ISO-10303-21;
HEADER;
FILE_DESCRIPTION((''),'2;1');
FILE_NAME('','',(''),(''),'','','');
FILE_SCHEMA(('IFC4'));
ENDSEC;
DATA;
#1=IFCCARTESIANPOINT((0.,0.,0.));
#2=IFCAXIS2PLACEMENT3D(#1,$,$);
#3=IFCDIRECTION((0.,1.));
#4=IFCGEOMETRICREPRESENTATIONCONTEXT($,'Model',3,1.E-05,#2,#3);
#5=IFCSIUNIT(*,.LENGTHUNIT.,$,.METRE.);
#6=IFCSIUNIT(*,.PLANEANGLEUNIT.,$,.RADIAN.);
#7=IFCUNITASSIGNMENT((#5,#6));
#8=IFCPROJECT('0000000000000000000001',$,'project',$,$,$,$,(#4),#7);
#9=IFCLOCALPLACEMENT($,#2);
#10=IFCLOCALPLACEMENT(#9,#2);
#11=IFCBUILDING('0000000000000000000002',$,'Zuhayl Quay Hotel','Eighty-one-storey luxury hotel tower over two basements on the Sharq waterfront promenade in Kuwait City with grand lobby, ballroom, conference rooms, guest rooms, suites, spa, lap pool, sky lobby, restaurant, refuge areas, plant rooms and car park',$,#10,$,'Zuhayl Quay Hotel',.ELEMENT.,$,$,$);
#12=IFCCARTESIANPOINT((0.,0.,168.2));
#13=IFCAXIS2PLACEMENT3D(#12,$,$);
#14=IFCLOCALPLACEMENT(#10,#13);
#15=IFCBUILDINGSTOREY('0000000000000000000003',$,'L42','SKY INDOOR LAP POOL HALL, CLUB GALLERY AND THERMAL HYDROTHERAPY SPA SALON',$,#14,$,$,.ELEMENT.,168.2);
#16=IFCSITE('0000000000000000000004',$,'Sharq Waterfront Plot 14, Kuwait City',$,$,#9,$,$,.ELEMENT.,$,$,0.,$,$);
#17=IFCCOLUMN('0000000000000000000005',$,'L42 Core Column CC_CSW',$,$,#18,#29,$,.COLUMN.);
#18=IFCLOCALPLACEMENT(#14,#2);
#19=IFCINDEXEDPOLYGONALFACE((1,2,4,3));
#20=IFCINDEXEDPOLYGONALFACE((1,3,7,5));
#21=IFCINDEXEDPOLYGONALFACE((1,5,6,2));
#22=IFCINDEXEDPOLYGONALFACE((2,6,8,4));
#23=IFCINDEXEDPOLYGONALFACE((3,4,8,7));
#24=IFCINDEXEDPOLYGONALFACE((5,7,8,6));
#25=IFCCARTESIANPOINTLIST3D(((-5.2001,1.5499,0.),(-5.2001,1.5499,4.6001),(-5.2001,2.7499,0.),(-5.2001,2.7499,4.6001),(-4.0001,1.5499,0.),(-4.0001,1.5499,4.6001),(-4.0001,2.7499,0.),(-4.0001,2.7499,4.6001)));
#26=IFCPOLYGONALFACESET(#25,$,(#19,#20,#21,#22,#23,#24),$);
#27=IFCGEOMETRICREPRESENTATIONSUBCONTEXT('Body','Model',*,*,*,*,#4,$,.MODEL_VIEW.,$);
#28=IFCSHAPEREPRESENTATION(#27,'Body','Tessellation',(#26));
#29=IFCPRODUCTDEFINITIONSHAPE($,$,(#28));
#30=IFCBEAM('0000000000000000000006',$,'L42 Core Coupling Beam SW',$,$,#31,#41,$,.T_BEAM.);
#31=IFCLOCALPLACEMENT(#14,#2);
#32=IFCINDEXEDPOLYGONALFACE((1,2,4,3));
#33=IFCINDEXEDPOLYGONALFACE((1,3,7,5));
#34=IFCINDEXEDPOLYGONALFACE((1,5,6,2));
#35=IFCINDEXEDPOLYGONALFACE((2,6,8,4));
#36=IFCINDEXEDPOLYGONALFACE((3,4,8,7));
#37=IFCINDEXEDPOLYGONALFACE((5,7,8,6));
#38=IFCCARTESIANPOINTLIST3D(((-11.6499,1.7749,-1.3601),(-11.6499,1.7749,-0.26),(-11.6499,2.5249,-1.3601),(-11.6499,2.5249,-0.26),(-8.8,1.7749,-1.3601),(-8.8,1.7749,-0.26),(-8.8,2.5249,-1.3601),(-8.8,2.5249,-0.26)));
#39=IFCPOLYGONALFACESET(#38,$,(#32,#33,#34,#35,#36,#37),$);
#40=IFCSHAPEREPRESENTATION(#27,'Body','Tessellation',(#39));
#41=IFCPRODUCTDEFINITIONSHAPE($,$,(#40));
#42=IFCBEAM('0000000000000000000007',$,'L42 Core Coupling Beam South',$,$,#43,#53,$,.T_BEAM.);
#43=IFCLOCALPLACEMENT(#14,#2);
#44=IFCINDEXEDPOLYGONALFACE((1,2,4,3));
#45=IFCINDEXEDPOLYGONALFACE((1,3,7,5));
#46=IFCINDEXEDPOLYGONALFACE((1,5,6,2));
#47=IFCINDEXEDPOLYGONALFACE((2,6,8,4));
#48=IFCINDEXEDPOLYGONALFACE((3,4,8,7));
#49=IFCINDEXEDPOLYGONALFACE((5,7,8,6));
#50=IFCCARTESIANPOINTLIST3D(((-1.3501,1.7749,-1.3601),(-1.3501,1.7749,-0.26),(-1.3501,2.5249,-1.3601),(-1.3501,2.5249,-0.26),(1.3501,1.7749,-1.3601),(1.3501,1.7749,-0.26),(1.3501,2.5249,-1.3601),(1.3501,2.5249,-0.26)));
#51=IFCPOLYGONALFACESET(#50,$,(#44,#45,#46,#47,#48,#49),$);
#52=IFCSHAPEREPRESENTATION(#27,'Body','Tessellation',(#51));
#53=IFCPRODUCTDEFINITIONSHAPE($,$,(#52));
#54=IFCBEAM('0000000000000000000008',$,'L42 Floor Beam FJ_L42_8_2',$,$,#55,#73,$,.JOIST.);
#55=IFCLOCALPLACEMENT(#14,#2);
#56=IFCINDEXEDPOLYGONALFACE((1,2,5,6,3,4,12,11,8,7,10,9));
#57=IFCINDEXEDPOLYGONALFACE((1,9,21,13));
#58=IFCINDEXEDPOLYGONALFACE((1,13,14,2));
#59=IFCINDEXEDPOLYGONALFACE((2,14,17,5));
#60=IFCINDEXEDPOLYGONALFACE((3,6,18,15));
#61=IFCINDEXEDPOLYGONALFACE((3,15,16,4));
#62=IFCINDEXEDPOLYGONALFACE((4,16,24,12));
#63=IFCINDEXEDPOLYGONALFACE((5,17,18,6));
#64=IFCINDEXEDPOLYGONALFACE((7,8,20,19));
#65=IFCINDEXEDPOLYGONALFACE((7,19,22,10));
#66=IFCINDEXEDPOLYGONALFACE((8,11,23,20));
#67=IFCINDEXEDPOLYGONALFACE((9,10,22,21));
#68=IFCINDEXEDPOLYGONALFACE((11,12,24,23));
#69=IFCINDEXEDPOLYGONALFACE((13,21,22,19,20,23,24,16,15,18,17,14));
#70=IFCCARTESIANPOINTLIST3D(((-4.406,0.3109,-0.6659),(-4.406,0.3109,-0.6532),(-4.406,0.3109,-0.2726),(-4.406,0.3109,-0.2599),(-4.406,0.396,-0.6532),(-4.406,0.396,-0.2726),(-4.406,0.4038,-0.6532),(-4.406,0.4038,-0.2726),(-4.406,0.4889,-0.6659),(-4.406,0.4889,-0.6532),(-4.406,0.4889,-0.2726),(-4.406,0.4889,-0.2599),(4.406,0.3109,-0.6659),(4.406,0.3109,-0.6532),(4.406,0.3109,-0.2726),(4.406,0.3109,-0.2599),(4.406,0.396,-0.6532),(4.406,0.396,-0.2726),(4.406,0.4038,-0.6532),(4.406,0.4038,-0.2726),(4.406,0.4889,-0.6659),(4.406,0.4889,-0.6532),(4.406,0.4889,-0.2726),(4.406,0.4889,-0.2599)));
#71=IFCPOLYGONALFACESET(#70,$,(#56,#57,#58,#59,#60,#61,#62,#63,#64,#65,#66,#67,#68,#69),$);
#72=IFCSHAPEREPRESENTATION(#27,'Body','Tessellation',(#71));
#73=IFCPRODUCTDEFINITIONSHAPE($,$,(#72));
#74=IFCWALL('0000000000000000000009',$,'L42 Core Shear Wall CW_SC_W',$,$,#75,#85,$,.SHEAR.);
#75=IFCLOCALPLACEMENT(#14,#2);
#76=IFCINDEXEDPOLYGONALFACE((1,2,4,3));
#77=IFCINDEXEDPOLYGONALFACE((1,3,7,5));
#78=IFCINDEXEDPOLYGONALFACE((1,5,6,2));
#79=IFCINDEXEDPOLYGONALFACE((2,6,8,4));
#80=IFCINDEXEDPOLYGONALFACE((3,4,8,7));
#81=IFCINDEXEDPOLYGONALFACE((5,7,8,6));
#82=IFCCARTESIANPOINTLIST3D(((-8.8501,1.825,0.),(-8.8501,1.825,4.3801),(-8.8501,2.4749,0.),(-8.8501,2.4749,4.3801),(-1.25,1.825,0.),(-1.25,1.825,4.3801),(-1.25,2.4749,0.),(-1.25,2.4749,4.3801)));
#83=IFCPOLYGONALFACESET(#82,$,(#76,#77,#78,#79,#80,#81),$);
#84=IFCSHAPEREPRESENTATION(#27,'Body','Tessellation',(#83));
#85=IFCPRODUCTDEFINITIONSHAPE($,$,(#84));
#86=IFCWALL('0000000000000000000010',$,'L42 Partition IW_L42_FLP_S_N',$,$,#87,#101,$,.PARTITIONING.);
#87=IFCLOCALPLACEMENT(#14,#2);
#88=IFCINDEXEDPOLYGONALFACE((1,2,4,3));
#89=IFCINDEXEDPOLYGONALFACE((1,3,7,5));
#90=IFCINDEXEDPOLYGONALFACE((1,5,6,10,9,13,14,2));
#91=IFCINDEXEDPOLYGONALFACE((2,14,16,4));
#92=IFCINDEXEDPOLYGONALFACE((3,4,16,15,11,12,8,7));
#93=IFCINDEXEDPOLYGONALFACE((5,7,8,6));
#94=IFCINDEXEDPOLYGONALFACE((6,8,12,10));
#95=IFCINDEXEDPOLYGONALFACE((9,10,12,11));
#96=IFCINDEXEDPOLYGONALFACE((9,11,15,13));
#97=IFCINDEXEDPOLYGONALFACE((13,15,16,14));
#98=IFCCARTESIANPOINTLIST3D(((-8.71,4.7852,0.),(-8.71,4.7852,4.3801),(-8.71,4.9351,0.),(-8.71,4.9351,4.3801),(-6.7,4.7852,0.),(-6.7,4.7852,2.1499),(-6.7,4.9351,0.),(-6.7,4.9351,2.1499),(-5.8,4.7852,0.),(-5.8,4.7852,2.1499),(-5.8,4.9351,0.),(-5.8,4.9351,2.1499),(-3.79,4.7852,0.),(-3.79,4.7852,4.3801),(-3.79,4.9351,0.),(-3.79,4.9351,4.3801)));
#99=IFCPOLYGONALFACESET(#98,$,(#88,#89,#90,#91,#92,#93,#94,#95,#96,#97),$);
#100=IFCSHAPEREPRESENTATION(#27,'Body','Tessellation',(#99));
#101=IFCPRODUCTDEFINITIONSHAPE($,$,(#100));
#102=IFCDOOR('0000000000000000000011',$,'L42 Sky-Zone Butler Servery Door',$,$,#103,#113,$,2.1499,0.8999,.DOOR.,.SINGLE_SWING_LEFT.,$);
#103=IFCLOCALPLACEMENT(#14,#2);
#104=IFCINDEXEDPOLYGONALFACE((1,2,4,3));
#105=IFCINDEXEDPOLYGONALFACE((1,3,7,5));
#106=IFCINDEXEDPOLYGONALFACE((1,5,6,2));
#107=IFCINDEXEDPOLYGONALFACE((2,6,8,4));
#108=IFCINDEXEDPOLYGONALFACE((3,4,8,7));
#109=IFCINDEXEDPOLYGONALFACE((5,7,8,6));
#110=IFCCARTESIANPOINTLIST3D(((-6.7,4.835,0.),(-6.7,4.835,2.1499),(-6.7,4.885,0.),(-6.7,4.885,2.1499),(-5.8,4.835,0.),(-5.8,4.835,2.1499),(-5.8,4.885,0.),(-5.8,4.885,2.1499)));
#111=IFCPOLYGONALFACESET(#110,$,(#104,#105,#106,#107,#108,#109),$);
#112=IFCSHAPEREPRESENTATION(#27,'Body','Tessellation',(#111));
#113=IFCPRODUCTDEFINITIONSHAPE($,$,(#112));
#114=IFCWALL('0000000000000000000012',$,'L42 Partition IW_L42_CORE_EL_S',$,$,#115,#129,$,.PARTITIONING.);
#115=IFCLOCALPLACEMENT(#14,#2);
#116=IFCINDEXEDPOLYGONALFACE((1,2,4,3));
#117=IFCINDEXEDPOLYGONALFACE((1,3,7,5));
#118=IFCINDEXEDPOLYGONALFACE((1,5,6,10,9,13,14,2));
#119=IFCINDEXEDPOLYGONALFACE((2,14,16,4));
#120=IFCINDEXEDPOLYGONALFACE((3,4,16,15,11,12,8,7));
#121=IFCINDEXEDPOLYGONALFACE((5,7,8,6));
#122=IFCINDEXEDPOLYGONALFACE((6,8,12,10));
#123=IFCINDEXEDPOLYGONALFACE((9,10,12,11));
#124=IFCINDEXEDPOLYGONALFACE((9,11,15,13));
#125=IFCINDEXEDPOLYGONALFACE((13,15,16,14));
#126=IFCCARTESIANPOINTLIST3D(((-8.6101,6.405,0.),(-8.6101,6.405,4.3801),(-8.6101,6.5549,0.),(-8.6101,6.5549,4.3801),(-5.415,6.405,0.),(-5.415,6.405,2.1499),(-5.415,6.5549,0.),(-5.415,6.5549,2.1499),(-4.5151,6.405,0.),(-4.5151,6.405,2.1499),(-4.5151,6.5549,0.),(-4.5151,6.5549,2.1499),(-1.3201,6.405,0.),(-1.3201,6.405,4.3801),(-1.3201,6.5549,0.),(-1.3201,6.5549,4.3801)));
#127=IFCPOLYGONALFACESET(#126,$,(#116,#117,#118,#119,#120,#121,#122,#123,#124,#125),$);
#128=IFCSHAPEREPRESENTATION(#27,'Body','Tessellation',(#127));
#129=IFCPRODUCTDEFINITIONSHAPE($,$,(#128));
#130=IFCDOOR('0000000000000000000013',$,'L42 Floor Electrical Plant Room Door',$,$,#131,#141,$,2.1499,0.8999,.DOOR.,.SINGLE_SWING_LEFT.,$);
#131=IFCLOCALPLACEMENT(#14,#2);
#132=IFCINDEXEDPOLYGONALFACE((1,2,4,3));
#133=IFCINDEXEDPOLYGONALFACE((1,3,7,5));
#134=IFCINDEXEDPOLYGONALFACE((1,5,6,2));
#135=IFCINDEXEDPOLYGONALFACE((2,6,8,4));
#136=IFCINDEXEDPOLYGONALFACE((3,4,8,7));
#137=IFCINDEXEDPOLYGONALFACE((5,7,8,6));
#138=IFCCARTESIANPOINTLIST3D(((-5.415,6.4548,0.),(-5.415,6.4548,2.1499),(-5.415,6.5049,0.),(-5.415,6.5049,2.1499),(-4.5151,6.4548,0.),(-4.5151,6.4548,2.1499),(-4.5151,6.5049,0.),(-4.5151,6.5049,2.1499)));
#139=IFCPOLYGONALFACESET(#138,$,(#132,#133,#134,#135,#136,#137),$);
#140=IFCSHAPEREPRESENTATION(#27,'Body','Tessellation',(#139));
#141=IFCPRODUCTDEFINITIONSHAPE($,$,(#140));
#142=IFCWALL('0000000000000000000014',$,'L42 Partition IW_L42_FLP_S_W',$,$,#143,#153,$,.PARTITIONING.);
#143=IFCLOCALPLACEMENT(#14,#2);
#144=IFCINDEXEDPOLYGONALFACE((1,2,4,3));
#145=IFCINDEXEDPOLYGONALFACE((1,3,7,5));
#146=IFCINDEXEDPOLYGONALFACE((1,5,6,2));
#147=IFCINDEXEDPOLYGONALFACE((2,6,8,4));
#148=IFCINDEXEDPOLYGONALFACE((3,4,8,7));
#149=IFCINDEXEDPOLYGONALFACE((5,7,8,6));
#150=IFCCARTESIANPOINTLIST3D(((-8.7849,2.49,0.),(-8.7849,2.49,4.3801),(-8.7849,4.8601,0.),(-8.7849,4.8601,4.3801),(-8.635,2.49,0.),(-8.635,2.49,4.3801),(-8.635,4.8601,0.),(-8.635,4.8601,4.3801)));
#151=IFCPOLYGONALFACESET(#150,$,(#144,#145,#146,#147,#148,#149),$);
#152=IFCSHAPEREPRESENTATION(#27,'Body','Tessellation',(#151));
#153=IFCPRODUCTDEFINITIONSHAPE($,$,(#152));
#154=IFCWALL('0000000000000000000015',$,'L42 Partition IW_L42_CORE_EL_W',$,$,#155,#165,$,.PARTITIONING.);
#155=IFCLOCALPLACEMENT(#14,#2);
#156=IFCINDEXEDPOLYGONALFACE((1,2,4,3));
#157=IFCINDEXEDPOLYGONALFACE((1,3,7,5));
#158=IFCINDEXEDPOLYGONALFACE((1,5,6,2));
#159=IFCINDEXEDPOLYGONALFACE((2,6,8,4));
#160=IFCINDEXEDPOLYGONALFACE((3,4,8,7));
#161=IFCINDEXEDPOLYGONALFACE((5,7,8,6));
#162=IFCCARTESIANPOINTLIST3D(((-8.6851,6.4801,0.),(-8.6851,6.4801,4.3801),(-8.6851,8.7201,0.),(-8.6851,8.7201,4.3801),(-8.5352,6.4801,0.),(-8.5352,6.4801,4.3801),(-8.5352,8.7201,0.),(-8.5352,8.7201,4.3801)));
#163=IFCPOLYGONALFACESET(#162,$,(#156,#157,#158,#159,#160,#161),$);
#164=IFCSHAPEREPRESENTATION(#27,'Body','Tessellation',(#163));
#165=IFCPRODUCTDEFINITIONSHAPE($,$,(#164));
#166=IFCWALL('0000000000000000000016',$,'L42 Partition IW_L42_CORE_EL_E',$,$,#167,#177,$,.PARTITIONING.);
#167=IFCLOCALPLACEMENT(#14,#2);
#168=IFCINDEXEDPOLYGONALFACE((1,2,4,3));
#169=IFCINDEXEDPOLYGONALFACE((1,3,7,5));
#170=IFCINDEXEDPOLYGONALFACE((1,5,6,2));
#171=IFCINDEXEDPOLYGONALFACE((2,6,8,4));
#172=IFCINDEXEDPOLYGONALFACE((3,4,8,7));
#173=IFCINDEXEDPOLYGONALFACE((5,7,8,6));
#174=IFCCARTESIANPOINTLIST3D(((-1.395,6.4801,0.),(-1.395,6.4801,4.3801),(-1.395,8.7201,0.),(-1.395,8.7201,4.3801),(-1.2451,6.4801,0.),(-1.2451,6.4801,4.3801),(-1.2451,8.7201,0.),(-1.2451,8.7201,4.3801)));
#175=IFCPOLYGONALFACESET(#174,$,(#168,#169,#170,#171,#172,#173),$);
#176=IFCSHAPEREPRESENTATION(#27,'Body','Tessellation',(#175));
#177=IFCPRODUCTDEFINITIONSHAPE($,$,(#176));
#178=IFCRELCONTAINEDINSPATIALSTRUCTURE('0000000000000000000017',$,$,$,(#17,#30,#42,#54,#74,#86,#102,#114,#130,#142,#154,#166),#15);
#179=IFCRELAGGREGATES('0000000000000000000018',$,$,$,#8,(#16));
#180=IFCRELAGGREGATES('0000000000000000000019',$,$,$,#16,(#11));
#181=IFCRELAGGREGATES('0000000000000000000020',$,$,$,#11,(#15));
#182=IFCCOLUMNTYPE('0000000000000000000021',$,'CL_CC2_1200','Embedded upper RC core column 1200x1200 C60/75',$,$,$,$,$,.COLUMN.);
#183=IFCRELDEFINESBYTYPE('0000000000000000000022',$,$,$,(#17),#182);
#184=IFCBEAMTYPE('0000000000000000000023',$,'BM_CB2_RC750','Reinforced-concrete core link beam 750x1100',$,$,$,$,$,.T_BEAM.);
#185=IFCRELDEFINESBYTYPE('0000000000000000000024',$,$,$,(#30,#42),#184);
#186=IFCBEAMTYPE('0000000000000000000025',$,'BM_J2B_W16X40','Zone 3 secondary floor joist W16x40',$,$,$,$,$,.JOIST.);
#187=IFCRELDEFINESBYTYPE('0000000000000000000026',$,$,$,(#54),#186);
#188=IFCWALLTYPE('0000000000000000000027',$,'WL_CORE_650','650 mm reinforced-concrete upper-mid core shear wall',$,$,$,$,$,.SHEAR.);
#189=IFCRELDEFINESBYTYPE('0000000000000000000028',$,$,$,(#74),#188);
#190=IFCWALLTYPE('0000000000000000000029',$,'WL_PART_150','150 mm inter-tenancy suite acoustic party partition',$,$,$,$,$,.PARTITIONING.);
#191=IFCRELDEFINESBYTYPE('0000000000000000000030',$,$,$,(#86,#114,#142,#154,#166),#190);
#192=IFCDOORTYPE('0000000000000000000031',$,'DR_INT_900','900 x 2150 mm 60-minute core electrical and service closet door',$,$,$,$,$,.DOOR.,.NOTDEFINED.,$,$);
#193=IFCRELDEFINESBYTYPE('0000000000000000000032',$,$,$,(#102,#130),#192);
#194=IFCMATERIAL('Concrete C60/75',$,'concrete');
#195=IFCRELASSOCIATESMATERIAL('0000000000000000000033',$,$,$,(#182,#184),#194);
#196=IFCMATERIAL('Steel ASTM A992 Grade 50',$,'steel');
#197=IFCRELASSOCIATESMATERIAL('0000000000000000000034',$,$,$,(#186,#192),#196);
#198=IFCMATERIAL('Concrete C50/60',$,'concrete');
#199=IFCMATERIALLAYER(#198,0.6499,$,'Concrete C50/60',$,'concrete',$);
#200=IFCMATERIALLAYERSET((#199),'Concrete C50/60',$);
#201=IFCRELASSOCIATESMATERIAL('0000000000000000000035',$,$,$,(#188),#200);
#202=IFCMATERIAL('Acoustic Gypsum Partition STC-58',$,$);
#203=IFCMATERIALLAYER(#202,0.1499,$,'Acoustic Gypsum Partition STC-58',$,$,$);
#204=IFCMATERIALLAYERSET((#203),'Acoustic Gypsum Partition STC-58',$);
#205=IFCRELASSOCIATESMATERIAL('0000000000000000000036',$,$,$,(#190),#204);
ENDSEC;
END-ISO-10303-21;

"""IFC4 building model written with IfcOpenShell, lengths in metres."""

from ifc_helpers import new_model, si_unit, direction, frame, frame_2d, origin, origin_2d, place, context, subcontext, project, spatial, rectangle, i_section, extrude, material, layer, layer_set, material_profile, profile_set, type_object, element, fill, save


model = new_model("IFC4")

# Units and contexts
model_context = context("Model", 3, precision=1e-05, world=origin(), true_north=direction((0.0, 1.0)))
body_context = subcontext(model_context, "Body", "Model", "MODEL_VIEW")
ifc_project = project(units=[si_unit("LENGTHUNIT", "METRE"), si_unit("PLANEANGLEUNIT", "RADIAN")], contexts=[model_context])

# Site, building, storey
site_placement = place(None, origin())
site = spatial("IfcSite", under=ifc_project, at=site_placement, Name="Sharq Waterfront Plot 14, Kuwait City", CompositionType="ELEMENT", RefElevation=0.0)
building_placement = place(site_placement, origin())
building = spatial("IfcBuilding", under=site, at=building_placement, Name="Zuhayl Quay Hotel", Description="Eighty-one-storey luxury hotel tower over two basements on the Sharq waterfront promenade in Kuwait City with grand lobby, ballroom, conference rooms, guest rooms, suites, spa, lap pool, sky lobby, restaurant, refuge areas, plant rooms and car park", LongName="Zuhayl Quay Hotel", CompositionType="ELEMENT")
storey_placement = place(building_placement, frame((0.0, 0.0, 168.2)))
storey = spatial("IfcBuildingStorey", under=building, at=storey_placement, Name="L42", Description="SKY INDOOR LAP POOL HALL, CLUB GALLERY AND THERMAL HYDROTHERAPY SPA SALON", CompositionType="ELEMENT", Elevation=168.2)

# Column
ifc_material_1 = material(Name="Concrete C60/75", Category="concrete")
ifc_material_profile_1 = material_profile(ifc_material_1, rectangle(XDim=1.2, YDim=1.2, at=origin_2d()), Name="RC1200X1200")
ifc_profile_set_1 = profile_set([ifc_material_profile_1], Name="Concrete C60/75")
column_type = type_object("IfcColumnType", Name="CL_CC2_1200", Description="Embedded upper RC core column 1200x1200 C60/75", PredefinedType="COLUMN", material=ifc_profile_set_1)
column_placement = place(storey_placement, frame((-4.6001, 2.1499, 0.0), z_axis=(0.0, 0.0, 1.0), x_axis=(1.0, 0.0, 0.0)))
element("IfcColumn", 1, at=column_placement, inside=storey, type_object=column_type, Name="L42 Core Column CC_CSW", PredefinedType="COLUMN", context=body_context, shape_type="SweptSolid", body=[
    extrude(rectangle(XDim=1.2, YDim=1.2, at=origin_2d()), origin(), (0.0, 0.0, 1.0), 4.6001),
])

# Beams
ifc_material_profile_2 = material_profile(ifc_material_1, rectangle(XDim=0.75, YDim=1.1001, at=origin_2d()), Name="RC750X1100")
ifc_profile_set_2 = profile_set([ifc_material_profile_2], Name="Concrete C60/75")
beam_type_1 = type_object("IfcBeamType", Name="BM_CB2_RC750", Description="Reinforced-concrete core link beam 750x1100", PredefinedType="T_BEAM", material=ifc_profile_set_2)
beam_1_placement = place(storey_placement, frame((-11.6499, 2.1499, -0.8101), z_axis=(1.0, 0.0, 0.0), x_axis=(0.0, 1.0, 0.0)))
element("IfcBeam", 2, at=beam_1_placement, inside=storey, type_object=beam_type_1, Name="L42 Core Coupling Beam SW", PredefinedType="T_BEAM", context=body_context, shape_type="SweptSolid", body=[
    extrude(rectangle(XDim=0.75, YDim=1.1001, at=origin_2d()), origin(), (0.0, 0.0, 1.0), 2.8499),
])
beam_2_placement = place(storey_placement, frame((-1.3501, 2.1499, -0.8101), z_axis=(1.0, 0.0, 0.0), x_axis=(0.0, 1.0, 0.0)))
element("IfcBeam", 3, at=beam_2_placement, inside=storey, type_object=beam_type_1, Name="L42 Core Coupling Beam South", PredefinedType="T_BEAM", context=body_context, shape_type="SweptSolid", body=[
    extrude(rectangle(XDim=0.75, YDim=1.1001, at=origin_2d()), origin(), (0.0, 0.0, 1.0), 2.7002),
])
ifc_material_2 = material(Name="Steel ASTM A992 Grade 50", Category="steel")
ifc_material_profile_3 = material_profile(ifc_material_2, i_section(OverallWidth=0.178, OverallDepth=0.406, WebThickness=0.0078, FlangeThickness=0.0127, at=origin_2d()), Name="W16X40")
ifc_profile_set_3 = profile_set([ifc_material_profile_3], Name="Steel ASTM A992 Grade 50")
beam_type_2 = type_object("IfcBeamType", Name="BM_J2B_W16X40", Description="Zone 3 secondary floor joist W16x40", PredefinedType="JOIST", material=ifc_profile_set_3)
beam_3_placement = place(storey_placement, frame((-4.406, 0.3999, -0.4629), z_axis=(1.0, 0.0, 0.0), x_axis=(0.0, 1.0, 0.0)))
element("IfcBeam", 4, at=beam_3_placement, inside=storey, type_object=beam_type_2, Name="L42 Floor Beam FJ_L42_8_2", PredefinedType="JOIST", context=body_context, shape_type="SweptSolid", body=[
    extrude(i_section(OverallWidth=0.178, OverallDepth=0.406, WebThickness=0.0078, FlangeThickness=0.0127, at=origin_2d()), origin(), (0.0, 0.0, 1.0), 8.812),
])

# Wall
ifc_material_3 = material(Name="Concrete C50/60", Category="concrete")
ifc_layer_1 = layer(ifc_material_3, 0.6499, Name="Concrete C50/60", Category="concrete")
ifc_layer_set_1 = layer_set([ifc_layer_1], Name="Concrete C50/60")
wall_type_1 = type_object("IfcWallType", Name="WL_CORE_650", Description="650 mm reinforced-concrete upper-mid core shear wall", PredefinedType="SHEAR", material=ifc_layer_set_1)
wall_1_placement = place(storey_placement, frame((-8.8501, 2.1499, 0.0), z_axis=(0.0, 0.0, 1.0), x_axis=(1.0, 0.0, 0.0)))
element("IfcWall", 5, at=wall_1_placement, inside=storey, type_object=wall_type_1, Name="L42 Core Shear Wall CW_SC_W", PredefinedType="SHEAR", context=body_context, shape_type="SweptSolid", body=[
    extrude(rectangle(XDim=7.6001, YDim=0.6499, at=frame_2d((3.8, 0.0))), origin(), (0.0, 0.0, 1.0), 4.3801),
])

# Walls, openings, doors
ifc_material_4 = material(Name="Acoustic Gypsum Partition STC-58")
ifc_layer_2 = layer(ifc_material_4, 0.1499, Name="Acoustic Gypsum Partition STC-58")
ifc_layer_set_2 = layer_set([ifc_layer_2], Name="Acoustic Gypsum Partition STC-58")
wall_type_2 = type_object("IfcWallType", Name="WL_PART_150", Description="150 mm inter-tenancy suite acoustic party partition", PredefinedType="PARTITIONING", material=ifc_layer_set_2)
wall_2_placement = place(storey_placement, frame((-8.71, 4.8601, 0.0), z_axis=(0.0, 0.0, 1.0), x_axis=(1.0, 0.0, 0.0)))
wall_2 = element("IfcWall", 6, at=wall_2_placement, inside=storey, type_object=wall_type_2, Name="L42 Partition IW_L42_FLP_S_N", PredefinedType="PARTITIONING", context=body_context, shape_type="SweptSolid", body=[
    extrude(rectangle(XDim=4.9199, YDim=0.1499, at=frame_2d((2.46, 0.0))), origin(), (0.0, 0.0, 1.0), 4.3801),
])
opening_1_placement = place(wall_2_placement, frame((2.01, 0.0, 0.0)))
opening_1 = element("IfcOpeningElement", 7, at=opening_1_placement, cuts=wall_2, PredefinedType="OPENING", context=body_context, shape_type="SweptSolid", body=[
    extrude(rectangle(XDim=0.8999, YDim=2.1499, at=frame_2d((0.45, 1.075))), frame((0.0, 0.085, 0.0), z_axis=(0.0, -1.0, 0.0), x_axis=(1.0, 0.0, 0.0)), (0.0, 0.0, 1.0), 0.1699),
])
door_type_1 = type_object("IfcDoorType", Name="DR_INT_900", Description="900 x 2150 mm 60-minute core electrical and service closet door", OperationType="NOTDEFINED", PredefinedType="DOOR", material=ifc_material_2)
door_1_placement = place(opening_1_placement, origin())
door_1 = element("IfcDoor", 8, at=door_1_placement, inside=storey, type_object=door_type_1, Name="L42 Sky-Zone Butler Servery Door", OperationType="SINGLE_SWING_LEFT", OverallHeight=2.1499, OverallWidth=0.8999, PredefinedType="DOOR", context=body_context, shape_type="SweptSolid", body=[
    extrude(rectangle(XDim=0.8999, YDim=2.1499, at=frame_2d((0.45, 1.075))), frame((0.0, 0.0249, 0.0), z_axis=(0.0, -1.0, 0.0), x_axis=(1.0, 0.0, 0.0)), (0.0, 0.0, 1.0), 0.05),
])
fill(opening_1, door_1)
wall_3_placement = place(storey_placement, frame((-8.6101, 6.48, 0.0), z_axis=(0.0, 0.0, 1.0), x_axis=(1.0, 0.0, 0.0)))
wall_3 = element("IfcWall", 9, at=wall_3_placement, inside=storey, type_object=wall_type_2, Name="L42 Partition IW_L42_CORE_EL_S", PredefinedType="PARTITIONING", context=body_context, shape_type="SweptSolid", body=[
    extrude(rectangle(XDim=7.29, YDim=0.1499, at=frame_2d((3.645, 0.0))), origin(), (0.0, 0.0, 1.0), 4.3801),
])
opening_2_placement = place(wall_3_placement, frame((3.1951, 0.0, 0.0)))
opening_2 = element("IfcOpeningElement", 10, at=opening_2_placement, cuts=wall_3, PredefinedType="OPENING", context=body_context, shape_type="SweptSolid", body=[
    extrude(rectangle(XDim=0.8999, YDim=2.1499, at=frame_2d((0.45, 1.075))), frame((0.0, 0.085, 0.0), z_axis=(0.0, -1.0, 0.0), x_axis=(1.0, 0.0, 0.0)), (0.0, 0.0, 1.0), 0.1699),
])
door_2_placement = place(opening_2_placement, origin())
door_2 = element("IfcDoor", 11, at=door_2_placement, inside=storey, type_object=door_type_1, Name="L42 Floor Electrical Plant Room Door", OperationType="SINGLE_SWING_LEFT", OverallHeight=2.1499, OverallWidth=0.8999, PredefinedType="DOOR", context=body_context, shape_type="SweptSolid", body=[
    extrude(rectangle(XDim=0.8999, YDim=2.1499, at=frame_2d((0.45, 1.075))), frame((0.0, 0.0249, 0.0), z_axis=(0.0, -1.0, 0.0), x_axis=(1.0, 0.0, 0.0)), (0.0, 0.0, 1.0), 0.05),
])
fill(opening_2, door_2)

# Walls
wall_4_placement = place(storey_placement, frame((-8.71, 2.49, 0.0), z_axis=(0.0, 0.0, 1.0), x_axis=(0.0, 1.0, 0.0)))
element("IfcWall", 12, at=wall_4_placement, inside=storey, type_object=wall_type_2, Name="L42 Partition IW_L42_FLP_S_W", PredefinedType="PARTITIONING", context=body_context, shape_type="SweptSolid", body=[
    extrude(rectangle(XDim=2.3701, YDim=0.1499, at=frame_2d((1.1851, 0.0))), origin(), (0.0, 0.0, 1.0), 4.3801),
])
for number, where, z_axis, x_axis, name in (
    (13, (-8.6101, 6.48, 0.0), (0.0, 0.0, 1.0), (0.0, 1.0, 0.0), "L42 Partition IW_L42_CORE_EL_W"),
    (14, (-1.3201, 6.48, 0.0), (0.0, 0.0, 1.0), (0.0, 1.0, 0.0), "L42 Partition IW_L42_CORE_EL_E"),
):
    element("IfcWall", number, at=place(storey_placement, frame(where, z_axis=z_axis, x_axis=x_axis)), inside=storey, type_object=wall_type_2, Name=name, PredefinedType="PARTITIONING", context=body_context, shape_type="SweptSolid", body=[
        extrude(rectangle(XDim=2.24, YDim=0.1499, at=frame_2d((1.1201, 0.0))), origin(), (0.0, 0.0, 1.0), 4.3801),
    ])

save(model, "model.ifc")
